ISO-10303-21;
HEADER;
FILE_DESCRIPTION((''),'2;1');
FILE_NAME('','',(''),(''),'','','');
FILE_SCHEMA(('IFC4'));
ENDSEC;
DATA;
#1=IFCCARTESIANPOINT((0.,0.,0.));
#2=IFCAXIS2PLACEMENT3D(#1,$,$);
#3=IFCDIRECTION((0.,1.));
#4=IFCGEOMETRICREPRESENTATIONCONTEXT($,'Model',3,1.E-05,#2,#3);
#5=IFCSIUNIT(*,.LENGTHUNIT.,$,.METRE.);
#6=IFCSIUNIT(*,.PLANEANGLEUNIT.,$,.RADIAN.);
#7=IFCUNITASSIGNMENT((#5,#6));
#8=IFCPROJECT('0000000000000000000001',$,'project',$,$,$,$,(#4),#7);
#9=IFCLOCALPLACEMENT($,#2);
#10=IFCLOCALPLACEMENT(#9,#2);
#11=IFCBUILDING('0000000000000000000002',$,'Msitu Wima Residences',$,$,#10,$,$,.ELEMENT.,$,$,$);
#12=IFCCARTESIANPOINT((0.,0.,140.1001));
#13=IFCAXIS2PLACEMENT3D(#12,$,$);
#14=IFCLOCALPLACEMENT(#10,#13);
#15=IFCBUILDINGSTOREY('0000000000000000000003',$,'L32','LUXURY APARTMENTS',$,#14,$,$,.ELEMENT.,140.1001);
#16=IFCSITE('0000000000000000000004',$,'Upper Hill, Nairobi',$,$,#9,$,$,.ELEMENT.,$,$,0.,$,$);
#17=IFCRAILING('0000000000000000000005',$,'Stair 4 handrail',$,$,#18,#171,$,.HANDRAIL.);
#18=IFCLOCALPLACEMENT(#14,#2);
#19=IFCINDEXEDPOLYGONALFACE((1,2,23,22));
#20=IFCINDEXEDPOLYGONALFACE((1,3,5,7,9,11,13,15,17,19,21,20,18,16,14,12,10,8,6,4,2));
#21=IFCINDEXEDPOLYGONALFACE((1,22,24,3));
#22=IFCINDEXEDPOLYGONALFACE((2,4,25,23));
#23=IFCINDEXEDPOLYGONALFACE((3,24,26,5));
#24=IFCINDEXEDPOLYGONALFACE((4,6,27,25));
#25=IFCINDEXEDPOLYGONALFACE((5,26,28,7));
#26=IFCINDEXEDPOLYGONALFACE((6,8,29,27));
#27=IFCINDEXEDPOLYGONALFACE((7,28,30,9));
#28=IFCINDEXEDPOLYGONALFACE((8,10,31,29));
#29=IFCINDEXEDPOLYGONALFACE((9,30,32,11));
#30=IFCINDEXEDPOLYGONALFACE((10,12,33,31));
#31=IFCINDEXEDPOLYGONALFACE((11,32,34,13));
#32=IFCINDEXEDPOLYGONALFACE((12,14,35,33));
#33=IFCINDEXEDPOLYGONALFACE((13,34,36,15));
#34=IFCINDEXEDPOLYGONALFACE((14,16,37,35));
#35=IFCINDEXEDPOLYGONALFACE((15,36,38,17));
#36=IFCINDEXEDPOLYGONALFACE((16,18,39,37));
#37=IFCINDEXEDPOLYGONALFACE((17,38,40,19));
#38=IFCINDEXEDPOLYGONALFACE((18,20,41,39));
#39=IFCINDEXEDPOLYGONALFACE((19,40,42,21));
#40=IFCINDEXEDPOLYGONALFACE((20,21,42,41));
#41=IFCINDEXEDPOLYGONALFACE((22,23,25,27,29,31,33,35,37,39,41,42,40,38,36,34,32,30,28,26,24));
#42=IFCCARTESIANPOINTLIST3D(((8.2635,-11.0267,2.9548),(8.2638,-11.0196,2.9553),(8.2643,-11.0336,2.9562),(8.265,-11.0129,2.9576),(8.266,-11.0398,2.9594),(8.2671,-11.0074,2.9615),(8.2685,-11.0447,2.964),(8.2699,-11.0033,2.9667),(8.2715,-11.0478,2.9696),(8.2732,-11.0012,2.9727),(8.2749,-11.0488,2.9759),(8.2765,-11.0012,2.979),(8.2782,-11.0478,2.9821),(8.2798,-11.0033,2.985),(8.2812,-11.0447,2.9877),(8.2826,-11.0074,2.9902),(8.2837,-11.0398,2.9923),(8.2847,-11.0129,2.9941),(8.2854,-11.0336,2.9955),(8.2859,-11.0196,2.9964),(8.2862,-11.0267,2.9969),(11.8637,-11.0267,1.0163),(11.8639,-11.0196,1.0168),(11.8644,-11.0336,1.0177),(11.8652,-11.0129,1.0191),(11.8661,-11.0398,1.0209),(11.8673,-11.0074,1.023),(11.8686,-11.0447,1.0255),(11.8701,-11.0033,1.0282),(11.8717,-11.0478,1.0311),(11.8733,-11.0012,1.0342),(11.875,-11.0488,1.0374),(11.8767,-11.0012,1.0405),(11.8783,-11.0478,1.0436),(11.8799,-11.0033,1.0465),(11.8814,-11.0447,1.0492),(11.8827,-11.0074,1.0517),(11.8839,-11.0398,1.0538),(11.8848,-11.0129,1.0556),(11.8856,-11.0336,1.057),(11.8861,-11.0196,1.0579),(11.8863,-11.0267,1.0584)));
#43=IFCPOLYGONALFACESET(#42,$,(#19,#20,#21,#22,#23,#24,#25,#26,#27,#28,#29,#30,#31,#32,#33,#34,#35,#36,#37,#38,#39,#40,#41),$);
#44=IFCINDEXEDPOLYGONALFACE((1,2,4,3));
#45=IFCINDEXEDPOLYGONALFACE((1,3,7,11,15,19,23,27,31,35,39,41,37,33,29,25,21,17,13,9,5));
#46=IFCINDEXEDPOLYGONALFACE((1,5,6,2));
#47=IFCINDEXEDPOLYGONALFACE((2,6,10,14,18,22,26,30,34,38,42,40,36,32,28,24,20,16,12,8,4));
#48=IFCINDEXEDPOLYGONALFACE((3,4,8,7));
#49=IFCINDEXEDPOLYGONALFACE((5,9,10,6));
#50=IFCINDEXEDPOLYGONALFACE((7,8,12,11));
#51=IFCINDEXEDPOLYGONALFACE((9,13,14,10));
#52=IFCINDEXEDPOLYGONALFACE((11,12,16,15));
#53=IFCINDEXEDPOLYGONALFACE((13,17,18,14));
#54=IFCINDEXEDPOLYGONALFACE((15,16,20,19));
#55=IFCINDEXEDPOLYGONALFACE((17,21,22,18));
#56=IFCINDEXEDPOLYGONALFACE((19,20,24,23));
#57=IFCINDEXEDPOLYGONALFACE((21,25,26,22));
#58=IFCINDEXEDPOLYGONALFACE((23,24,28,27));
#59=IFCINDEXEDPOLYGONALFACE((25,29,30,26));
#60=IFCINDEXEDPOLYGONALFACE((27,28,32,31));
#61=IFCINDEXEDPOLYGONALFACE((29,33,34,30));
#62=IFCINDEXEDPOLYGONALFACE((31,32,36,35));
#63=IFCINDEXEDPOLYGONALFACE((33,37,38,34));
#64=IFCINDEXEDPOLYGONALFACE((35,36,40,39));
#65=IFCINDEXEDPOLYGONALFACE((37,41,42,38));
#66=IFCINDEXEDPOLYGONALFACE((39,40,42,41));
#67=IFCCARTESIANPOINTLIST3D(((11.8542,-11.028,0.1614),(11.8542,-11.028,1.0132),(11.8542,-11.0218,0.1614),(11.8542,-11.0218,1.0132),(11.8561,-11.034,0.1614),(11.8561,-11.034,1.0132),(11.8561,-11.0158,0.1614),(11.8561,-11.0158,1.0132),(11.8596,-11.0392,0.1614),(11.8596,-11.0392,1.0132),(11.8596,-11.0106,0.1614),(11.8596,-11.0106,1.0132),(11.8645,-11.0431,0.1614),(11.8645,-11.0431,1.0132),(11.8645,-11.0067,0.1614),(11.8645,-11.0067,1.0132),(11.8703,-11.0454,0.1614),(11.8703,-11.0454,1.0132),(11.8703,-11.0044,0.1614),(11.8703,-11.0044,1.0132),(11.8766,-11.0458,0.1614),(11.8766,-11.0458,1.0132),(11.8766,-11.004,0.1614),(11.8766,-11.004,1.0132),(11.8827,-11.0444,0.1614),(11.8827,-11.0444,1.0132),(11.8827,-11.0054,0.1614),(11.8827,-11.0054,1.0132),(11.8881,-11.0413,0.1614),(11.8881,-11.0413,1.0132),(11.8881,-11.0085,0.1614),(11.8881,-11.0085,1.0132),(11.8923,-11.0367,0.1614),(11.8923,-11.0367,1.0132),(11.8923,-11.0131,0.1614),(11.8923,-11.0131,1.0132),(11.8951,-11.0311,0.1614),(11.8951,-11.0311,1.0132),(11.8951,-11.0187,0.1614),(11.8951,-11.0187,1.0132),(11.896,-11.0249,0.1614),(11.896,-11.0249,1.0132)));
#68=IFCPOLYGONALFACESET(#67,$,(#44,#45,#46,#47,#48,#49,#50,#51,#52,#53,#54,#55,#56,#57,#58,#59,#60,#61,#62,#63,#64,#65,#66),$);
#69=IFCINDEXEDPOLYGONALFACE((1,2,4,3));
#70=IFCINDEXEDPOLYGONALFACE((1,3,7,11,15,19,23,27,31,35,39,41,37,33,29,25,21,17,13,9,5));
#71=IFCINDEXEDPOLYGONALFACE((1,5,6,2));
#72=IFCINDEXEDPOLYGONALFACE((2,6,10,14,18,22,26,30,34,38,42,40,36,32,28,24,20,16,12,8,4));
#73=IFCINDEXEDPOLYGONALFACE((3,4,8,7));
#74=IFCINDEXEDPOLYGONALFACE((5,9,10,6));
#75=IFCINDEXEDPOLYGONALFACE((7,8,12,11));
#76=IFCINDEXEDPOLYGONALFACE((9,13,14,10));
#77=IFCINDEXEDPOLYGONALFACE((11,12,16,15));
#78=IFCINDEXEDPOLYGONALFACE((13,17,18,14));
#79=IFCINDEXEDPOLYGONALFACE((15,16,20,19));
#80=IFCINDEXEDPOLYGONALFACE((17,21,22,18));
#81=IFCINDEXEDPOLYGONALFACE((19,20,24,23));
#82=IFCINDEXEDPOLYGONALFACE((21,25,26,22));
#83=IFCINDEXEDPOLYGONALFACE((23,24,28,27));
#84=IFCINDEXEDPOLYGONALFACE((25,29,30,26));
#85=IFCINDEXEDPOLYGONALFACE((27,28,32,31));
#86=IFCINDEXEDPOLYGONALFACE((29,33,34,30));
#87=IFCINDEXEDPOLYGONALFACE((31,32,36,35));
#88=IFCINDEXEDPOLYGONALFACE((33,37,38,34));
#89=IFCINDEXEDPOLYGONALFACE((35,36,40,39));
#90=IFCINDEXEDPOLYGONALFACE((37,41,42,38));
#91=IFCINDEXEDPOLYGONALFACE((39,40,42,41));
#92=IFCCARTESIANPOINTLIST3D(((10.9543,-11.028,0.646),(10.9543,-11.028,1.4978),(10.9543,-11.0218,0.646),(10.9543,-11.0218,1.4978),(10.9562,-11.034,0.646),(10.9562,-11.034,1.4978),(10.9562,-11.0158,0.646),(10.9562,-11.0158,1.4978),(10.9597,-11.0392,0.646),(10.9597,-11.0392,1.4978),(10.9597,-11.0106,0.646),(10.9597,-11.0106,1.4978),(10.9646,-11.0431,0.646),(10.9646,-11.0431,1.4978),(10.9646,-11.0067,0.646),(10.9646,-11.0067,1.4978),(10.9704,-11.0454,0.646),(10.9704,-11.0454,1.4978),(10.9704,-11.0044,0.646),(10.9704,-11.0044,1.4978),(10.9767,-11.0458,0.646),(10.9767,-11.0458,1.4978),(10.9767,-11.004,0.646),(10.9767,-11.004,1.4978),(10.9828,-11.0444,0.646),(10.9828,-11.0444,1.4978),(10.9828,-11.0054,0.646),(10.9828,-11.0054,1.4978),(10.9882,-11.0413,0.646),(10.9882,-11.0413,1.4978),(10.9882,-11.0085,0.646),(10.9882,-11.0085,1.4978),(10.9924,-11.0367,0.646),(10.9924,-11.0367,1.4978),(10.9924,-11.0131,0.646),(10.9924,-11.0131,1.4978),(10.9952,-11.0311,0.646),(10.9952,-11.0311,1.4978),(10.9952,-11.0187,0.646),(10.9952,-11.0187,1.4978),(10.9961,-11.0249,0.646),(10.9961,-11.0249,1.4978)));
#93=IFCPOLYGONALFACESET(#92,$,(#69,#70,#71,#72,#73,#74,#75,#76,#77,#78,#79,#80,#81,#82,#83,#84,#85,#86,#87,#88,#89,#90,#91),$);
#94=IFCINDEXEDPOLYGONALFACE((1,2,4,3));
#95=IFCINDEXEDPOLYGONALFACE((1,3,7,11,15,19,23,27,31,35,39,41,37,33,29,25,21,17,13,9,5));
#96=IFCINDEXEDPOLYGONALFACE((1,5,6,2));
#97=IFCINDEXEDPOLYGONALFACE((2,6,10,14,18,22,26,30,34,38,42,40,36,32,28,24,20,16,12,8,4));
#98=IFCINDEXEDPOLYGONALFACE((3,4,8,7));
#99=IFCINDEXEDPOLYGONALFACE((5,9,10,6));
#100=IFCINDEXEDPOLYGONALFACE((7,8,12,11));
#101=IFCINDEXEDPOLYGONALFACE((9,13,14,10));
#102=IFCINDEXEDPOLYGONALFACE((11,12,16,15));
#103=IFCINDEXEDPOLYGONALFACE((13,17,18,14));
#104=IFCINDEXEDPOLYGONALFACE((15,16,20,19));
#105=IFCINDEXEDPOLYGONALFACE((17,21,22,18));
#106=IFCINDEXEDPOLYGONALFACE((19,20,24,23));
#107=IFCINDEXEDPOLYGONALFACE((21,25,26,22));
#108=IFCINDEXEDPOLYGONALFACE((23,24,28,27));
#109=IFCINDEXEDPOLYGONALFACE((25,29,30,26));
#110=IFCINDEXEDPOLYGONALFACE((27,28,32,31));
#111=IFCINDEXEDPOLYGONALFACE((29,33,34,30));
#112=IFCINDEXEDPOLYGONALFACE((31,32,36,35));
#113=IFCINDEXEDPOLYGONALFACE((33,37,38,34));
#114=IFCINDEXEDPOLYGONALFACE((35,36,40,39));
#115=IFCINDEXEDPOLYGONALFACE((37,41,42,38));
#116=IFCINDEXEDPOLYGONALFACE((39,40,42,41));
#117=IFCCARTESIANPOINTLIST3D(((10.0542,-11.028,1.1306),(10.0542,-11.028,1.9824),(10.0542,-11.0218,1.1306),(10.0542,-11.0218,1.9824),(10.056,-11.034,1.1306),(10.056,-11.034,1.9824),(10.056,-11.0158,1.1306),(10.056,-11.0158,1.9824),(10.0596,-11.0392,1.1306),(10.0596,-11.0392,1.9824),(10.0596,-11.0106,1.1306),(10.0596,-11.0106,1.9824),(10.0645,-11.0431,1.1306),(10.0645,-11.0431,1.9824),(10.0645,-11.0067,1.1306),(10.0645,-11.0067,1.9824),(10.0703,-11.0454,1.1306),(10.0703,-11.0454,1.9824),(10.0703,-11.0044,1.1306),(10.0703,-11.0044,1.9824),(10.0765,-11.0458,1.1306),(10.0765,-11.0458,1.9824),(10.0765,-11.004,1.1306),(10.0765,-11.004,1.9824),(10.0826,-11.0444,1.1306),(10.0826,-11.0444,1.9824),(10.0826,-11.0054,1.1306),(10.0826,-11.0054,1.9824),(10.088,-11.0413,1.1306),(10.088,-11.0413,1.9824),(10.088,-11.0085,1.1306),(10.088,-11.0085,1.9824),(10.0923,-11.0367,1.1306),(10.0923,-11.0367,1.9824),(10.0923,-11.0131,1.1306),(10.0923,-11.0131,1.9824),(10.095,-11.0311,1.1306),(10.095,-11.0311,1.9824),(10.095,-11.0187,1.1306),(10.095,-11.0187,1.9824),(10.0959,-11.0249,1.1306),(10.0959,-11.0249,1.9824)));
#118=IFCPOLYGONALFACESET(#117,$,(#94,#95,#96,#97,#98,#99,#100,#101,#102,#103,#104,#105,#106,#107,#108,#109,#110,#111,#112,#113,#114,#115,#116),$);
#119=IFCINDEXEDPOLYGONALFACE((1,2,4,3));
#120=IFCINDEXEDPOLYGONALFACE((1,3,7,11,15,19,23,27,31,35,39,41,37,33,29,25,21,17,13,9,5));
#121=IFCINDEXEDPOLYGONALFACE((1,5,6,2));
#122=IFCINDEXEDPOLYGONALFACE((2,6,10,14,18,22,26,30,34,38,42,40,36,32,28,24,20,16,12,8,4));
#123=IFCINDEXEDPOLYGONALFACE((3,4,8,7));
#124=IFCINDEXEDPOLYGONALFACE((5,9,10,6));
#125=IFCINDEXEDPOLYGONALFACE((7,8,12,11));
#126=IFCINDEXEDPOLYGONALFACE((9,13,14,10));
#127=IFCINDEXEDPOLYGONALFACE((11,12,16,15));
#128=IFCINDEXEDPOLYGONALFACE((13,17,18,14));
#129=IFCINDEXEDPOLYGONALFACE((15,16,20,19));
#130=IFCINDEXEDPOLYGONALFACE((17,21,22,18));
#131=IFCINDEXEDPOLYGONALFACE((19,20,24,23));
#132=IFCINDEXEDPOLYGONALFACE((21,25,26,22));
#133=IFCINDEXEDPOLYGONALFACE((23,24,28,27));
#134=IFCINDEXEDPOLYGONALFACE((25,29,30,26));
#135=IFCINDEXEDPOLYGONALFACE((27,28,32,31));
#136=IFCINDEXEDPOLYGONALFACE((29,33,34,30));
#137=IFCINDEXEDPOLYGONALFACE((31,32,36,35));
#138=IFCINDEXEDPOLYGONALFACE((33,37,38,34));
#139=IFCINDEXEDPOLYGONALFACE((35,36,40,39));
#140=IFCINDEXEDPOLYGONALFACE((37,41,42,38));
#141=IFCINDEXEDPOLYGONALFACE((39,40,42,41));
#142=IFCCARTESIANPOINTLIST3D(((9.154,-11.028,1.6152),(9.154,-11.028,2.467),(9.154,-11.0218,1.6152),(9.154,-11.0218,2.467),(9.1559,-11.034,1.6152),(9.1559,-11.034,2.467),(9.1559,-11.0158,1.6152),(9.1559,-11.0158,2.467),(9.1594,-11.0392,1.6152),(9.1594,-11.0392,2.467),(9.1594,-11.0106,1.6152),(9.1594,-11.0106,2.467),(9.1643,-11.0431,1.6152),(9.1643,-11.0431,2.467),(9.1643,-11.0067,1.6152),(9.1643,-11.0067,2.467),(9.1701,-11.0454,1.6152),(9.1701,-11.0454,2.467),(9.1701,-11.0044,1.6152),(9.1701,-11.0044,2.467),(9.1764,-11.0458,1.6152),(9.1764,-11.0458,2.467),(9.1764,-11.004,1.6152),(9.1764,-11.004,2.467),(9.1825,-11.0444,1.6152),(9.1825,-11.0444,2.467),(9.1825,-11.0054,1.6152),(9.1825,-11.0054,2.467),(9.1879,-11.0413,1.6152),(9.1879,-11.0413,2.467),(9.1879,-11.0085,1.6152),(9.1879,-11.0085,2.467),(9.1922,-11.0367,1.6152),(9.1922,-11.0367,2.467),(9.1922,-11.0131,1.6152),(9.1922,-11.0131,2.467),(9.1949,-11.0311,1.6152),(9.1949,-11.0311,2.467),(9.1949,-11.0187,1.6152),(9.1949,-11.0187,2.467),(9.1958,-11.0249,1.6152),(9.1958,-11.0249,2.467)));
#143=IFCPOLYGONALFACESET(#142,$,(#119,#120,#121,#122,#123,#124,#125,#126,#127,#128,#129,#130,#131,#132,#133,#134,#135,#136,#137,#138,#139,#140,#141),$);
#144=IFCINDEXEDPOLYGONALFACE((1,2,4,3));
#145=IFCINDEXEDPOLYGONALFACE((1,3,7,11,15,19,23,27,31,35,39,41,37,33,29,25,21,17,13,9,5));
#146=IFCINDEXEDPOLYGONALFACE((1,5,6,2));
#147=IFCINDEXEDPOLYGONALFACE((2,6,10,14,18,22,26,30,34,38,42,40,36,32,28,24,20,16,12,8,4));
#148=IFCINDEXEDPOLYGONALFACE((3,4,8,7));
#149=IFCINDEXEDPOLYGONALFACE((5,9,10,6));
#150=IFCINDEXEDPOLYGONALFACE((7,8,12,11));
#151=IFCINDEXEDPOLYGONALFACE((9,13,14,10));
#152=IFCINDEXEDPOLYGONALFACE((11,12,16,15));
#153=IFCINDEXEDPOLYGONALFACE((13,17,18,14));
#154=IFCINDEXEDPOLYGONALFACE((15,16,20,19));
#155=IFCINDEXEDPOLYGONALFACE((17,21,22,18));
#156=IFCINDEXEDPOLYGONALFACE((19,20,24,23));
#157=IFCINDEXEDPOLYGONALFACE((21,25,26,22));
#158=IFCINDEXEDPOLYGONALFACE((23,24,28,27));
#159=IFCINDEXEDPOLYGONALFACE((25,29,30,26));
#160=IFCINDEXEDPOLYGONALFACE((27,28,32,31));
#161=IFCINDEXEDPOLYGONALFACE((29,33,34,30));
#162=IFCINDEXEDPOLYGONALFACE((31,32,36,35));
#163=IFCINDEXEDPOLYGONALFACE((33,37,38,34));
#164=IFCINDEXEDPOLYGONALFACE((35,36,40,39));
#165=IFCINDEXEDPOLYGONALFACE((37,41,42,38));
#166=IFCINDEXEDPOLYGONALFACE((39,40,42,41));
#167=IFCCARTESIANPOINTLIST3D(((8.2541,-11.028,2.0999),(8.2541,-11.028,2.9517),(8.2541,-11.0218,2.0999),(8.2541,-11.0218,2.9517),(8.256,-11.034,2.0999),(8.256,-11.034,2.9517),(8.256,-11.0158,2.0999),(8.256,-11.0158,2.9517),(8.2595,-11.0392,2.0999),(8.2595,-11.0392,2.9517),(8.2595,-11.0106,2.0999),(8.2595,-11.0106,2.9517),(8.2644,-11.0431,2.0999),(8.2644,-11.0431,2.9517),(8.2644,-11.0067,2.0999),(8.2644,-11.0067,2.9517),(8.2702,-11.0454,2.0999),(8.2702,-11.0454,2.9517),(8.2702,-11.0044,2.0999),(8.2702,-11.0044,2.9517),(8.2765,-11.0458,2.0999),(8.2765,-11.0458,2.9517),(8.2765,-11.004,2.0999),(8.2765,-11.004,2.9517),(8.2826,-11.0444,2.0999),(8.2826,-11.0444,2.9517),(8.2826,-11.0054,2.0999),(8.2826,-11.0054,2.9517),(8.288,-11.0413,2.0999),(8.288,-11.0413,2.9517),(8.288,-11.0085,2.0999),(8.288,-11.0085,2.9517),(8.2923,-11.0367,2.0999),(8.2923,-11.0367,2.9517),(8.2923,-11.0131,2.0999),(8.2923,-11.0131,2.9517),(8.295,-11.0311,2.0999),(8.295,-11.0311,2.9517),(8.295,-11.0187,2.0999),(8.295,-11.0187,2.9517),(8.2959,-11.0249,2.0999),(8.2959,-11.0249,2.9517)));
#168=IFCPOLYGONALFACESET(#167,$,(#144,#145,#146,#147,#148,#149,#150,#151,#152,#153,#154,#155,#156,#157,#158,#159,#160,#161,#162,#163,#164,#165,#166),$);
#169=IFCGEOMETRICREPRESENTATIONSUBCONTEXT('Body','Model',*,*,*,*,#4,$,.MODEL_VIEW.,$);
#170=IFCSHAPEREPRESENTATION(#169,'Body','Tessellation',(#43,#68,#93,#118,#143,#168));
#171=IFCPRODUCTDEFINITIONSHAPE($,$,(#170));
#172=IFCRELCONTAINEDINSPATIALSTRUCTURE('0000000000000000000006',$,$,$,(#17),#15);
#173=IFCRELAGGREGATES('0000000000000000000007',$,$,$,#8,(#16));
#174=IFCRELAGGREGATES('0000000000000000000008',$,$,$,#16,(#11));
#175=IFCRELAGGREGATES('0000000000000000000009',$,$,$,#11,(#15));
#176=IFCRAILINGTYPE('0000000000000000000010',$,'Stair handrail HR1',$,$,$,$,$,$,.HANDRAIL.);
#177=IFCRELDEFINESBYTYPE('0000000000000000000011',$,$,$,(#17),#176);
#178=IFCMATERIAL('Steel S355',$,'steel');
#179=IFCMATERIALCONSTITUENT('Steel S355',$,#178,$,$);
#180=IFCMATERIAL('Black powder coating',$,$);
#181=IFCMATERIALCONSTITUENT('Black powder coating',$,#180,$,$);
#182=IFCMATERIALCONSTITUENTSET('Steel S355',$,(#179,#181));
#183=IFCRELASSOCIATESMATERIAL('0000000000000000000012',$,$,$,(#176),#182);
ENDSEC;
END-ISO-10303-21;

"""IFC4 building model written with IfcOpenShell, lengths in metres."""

from ifc_helpers import new_model, si_unit, direction, frame, origin, origin_2d, place, context, subcontext, project, spatial, circle, extrude, material, constituent, constituent_set, type_object, element, save


model = new_model("IFC4")

# Units and contexts
model_context = context("Model", 3, precision=1e-05, world=origin(), true_north=direction((0.0, 1.0)))
body_context = subcontext(model_context, "Body", "Model", "MODEL_VIEW")
ifc_project = project(units=[si_unit("LENGTHUNIT", "METRE"), si_unit("PLANEANGLEUNIT", "RADIAN")], contexts=[model_context])

# Site, building, storey
site_placement = place(None, origin())
site = spatial("IfcSite", under=ifc_project, at=site_placement, Name="Upper Hill, Nairobi", CompositionType="ELEMENT", RefElevation=0.0)
building_placement = place(site_placement, origin())
building = spatial("IfcBuilding", under=site, at=building_placement, Name="Msitu Wima Residences", CompositionType="ELEMENT")
storey_placement = place(building_placement, frame((0.0, 0.0, 140.1001)))
storey = spatial("IfcBuildingStorey", under=building, at=storey_placement, Name="L32", Description="LUXURY APARTMENTS", CompositionType="ELEMENT", Elevation=140.1001)

# Railing
ifc_material_1 = material(Name="Steel S355", Category="steel")
ifc_constituent_1 = constituent(ifc_material_1, Name="Steel S355")
ifc_material_2 = material(Name="Black powder coating")
ifc_constituent_2 = constituent(ifc_material_2, Name="Black powder coating")
ifc_constituent_set_1 = constituent_set(constituents=[ifc_constituent_1, ifc_constituent_2], Name="Steel S355")
railing_type_1 = type_object("IfcRailingType", Name="Stair handrail HR1", PredefinedType="HANDRAIL", material=ifc_constituent_set_1)
for number, where, name in (
    (1, (11.875, -11.0249, 0.1614), "Stair 4 handrail"),
):
    element("IfcRailing", number, at=place(storey_placement, frame(where)), inside=storey, type_object=railing_type_1, Name=name, PredefinedType="HANDRAIL", context=body_context, shape_type="SweptSolid", body=[
        extrude(circle(Radius=0.0239, at=origin_2d()), frame((0.0, 0.0, 0.876), z_axis=(-0.880475, 0.0, 0.474093), x_axis=(0.0, -1.0, 0.0)), (0.0, 0.0, 1.0), 4.0889),
        extrude(circle(Radius=0.021, at=origin_2d()), origin(), (0.0, 0.0, 1.0), 0.8518),
        extrude(circle(Radius=0.021, at=origin_2d()), frame((-0.8999, 0.0, 0.4846)), (0.0, 0.0, 1.0), 0.8518),
        extrude(circle(Radius=0.021, at=origin_2d()), frame((-1.8, 0.0, 0.9692)), (0.0, 0.0, 1.0), 0.8518),
        extrude(circle(Radius=0.021, at=origin_2d()), frame((-2.7002, 0.0, 1.4539)), (0.0, 0.0, 1.0), 0.8518),
        extrude(circle(Radius=0.021, at=origin_2d()), frame((-3.6001, 0.0, 1.9385)), (0.0, 0.0, 1.0), 0.8518),
    ])

save(model, "model.ifc")
